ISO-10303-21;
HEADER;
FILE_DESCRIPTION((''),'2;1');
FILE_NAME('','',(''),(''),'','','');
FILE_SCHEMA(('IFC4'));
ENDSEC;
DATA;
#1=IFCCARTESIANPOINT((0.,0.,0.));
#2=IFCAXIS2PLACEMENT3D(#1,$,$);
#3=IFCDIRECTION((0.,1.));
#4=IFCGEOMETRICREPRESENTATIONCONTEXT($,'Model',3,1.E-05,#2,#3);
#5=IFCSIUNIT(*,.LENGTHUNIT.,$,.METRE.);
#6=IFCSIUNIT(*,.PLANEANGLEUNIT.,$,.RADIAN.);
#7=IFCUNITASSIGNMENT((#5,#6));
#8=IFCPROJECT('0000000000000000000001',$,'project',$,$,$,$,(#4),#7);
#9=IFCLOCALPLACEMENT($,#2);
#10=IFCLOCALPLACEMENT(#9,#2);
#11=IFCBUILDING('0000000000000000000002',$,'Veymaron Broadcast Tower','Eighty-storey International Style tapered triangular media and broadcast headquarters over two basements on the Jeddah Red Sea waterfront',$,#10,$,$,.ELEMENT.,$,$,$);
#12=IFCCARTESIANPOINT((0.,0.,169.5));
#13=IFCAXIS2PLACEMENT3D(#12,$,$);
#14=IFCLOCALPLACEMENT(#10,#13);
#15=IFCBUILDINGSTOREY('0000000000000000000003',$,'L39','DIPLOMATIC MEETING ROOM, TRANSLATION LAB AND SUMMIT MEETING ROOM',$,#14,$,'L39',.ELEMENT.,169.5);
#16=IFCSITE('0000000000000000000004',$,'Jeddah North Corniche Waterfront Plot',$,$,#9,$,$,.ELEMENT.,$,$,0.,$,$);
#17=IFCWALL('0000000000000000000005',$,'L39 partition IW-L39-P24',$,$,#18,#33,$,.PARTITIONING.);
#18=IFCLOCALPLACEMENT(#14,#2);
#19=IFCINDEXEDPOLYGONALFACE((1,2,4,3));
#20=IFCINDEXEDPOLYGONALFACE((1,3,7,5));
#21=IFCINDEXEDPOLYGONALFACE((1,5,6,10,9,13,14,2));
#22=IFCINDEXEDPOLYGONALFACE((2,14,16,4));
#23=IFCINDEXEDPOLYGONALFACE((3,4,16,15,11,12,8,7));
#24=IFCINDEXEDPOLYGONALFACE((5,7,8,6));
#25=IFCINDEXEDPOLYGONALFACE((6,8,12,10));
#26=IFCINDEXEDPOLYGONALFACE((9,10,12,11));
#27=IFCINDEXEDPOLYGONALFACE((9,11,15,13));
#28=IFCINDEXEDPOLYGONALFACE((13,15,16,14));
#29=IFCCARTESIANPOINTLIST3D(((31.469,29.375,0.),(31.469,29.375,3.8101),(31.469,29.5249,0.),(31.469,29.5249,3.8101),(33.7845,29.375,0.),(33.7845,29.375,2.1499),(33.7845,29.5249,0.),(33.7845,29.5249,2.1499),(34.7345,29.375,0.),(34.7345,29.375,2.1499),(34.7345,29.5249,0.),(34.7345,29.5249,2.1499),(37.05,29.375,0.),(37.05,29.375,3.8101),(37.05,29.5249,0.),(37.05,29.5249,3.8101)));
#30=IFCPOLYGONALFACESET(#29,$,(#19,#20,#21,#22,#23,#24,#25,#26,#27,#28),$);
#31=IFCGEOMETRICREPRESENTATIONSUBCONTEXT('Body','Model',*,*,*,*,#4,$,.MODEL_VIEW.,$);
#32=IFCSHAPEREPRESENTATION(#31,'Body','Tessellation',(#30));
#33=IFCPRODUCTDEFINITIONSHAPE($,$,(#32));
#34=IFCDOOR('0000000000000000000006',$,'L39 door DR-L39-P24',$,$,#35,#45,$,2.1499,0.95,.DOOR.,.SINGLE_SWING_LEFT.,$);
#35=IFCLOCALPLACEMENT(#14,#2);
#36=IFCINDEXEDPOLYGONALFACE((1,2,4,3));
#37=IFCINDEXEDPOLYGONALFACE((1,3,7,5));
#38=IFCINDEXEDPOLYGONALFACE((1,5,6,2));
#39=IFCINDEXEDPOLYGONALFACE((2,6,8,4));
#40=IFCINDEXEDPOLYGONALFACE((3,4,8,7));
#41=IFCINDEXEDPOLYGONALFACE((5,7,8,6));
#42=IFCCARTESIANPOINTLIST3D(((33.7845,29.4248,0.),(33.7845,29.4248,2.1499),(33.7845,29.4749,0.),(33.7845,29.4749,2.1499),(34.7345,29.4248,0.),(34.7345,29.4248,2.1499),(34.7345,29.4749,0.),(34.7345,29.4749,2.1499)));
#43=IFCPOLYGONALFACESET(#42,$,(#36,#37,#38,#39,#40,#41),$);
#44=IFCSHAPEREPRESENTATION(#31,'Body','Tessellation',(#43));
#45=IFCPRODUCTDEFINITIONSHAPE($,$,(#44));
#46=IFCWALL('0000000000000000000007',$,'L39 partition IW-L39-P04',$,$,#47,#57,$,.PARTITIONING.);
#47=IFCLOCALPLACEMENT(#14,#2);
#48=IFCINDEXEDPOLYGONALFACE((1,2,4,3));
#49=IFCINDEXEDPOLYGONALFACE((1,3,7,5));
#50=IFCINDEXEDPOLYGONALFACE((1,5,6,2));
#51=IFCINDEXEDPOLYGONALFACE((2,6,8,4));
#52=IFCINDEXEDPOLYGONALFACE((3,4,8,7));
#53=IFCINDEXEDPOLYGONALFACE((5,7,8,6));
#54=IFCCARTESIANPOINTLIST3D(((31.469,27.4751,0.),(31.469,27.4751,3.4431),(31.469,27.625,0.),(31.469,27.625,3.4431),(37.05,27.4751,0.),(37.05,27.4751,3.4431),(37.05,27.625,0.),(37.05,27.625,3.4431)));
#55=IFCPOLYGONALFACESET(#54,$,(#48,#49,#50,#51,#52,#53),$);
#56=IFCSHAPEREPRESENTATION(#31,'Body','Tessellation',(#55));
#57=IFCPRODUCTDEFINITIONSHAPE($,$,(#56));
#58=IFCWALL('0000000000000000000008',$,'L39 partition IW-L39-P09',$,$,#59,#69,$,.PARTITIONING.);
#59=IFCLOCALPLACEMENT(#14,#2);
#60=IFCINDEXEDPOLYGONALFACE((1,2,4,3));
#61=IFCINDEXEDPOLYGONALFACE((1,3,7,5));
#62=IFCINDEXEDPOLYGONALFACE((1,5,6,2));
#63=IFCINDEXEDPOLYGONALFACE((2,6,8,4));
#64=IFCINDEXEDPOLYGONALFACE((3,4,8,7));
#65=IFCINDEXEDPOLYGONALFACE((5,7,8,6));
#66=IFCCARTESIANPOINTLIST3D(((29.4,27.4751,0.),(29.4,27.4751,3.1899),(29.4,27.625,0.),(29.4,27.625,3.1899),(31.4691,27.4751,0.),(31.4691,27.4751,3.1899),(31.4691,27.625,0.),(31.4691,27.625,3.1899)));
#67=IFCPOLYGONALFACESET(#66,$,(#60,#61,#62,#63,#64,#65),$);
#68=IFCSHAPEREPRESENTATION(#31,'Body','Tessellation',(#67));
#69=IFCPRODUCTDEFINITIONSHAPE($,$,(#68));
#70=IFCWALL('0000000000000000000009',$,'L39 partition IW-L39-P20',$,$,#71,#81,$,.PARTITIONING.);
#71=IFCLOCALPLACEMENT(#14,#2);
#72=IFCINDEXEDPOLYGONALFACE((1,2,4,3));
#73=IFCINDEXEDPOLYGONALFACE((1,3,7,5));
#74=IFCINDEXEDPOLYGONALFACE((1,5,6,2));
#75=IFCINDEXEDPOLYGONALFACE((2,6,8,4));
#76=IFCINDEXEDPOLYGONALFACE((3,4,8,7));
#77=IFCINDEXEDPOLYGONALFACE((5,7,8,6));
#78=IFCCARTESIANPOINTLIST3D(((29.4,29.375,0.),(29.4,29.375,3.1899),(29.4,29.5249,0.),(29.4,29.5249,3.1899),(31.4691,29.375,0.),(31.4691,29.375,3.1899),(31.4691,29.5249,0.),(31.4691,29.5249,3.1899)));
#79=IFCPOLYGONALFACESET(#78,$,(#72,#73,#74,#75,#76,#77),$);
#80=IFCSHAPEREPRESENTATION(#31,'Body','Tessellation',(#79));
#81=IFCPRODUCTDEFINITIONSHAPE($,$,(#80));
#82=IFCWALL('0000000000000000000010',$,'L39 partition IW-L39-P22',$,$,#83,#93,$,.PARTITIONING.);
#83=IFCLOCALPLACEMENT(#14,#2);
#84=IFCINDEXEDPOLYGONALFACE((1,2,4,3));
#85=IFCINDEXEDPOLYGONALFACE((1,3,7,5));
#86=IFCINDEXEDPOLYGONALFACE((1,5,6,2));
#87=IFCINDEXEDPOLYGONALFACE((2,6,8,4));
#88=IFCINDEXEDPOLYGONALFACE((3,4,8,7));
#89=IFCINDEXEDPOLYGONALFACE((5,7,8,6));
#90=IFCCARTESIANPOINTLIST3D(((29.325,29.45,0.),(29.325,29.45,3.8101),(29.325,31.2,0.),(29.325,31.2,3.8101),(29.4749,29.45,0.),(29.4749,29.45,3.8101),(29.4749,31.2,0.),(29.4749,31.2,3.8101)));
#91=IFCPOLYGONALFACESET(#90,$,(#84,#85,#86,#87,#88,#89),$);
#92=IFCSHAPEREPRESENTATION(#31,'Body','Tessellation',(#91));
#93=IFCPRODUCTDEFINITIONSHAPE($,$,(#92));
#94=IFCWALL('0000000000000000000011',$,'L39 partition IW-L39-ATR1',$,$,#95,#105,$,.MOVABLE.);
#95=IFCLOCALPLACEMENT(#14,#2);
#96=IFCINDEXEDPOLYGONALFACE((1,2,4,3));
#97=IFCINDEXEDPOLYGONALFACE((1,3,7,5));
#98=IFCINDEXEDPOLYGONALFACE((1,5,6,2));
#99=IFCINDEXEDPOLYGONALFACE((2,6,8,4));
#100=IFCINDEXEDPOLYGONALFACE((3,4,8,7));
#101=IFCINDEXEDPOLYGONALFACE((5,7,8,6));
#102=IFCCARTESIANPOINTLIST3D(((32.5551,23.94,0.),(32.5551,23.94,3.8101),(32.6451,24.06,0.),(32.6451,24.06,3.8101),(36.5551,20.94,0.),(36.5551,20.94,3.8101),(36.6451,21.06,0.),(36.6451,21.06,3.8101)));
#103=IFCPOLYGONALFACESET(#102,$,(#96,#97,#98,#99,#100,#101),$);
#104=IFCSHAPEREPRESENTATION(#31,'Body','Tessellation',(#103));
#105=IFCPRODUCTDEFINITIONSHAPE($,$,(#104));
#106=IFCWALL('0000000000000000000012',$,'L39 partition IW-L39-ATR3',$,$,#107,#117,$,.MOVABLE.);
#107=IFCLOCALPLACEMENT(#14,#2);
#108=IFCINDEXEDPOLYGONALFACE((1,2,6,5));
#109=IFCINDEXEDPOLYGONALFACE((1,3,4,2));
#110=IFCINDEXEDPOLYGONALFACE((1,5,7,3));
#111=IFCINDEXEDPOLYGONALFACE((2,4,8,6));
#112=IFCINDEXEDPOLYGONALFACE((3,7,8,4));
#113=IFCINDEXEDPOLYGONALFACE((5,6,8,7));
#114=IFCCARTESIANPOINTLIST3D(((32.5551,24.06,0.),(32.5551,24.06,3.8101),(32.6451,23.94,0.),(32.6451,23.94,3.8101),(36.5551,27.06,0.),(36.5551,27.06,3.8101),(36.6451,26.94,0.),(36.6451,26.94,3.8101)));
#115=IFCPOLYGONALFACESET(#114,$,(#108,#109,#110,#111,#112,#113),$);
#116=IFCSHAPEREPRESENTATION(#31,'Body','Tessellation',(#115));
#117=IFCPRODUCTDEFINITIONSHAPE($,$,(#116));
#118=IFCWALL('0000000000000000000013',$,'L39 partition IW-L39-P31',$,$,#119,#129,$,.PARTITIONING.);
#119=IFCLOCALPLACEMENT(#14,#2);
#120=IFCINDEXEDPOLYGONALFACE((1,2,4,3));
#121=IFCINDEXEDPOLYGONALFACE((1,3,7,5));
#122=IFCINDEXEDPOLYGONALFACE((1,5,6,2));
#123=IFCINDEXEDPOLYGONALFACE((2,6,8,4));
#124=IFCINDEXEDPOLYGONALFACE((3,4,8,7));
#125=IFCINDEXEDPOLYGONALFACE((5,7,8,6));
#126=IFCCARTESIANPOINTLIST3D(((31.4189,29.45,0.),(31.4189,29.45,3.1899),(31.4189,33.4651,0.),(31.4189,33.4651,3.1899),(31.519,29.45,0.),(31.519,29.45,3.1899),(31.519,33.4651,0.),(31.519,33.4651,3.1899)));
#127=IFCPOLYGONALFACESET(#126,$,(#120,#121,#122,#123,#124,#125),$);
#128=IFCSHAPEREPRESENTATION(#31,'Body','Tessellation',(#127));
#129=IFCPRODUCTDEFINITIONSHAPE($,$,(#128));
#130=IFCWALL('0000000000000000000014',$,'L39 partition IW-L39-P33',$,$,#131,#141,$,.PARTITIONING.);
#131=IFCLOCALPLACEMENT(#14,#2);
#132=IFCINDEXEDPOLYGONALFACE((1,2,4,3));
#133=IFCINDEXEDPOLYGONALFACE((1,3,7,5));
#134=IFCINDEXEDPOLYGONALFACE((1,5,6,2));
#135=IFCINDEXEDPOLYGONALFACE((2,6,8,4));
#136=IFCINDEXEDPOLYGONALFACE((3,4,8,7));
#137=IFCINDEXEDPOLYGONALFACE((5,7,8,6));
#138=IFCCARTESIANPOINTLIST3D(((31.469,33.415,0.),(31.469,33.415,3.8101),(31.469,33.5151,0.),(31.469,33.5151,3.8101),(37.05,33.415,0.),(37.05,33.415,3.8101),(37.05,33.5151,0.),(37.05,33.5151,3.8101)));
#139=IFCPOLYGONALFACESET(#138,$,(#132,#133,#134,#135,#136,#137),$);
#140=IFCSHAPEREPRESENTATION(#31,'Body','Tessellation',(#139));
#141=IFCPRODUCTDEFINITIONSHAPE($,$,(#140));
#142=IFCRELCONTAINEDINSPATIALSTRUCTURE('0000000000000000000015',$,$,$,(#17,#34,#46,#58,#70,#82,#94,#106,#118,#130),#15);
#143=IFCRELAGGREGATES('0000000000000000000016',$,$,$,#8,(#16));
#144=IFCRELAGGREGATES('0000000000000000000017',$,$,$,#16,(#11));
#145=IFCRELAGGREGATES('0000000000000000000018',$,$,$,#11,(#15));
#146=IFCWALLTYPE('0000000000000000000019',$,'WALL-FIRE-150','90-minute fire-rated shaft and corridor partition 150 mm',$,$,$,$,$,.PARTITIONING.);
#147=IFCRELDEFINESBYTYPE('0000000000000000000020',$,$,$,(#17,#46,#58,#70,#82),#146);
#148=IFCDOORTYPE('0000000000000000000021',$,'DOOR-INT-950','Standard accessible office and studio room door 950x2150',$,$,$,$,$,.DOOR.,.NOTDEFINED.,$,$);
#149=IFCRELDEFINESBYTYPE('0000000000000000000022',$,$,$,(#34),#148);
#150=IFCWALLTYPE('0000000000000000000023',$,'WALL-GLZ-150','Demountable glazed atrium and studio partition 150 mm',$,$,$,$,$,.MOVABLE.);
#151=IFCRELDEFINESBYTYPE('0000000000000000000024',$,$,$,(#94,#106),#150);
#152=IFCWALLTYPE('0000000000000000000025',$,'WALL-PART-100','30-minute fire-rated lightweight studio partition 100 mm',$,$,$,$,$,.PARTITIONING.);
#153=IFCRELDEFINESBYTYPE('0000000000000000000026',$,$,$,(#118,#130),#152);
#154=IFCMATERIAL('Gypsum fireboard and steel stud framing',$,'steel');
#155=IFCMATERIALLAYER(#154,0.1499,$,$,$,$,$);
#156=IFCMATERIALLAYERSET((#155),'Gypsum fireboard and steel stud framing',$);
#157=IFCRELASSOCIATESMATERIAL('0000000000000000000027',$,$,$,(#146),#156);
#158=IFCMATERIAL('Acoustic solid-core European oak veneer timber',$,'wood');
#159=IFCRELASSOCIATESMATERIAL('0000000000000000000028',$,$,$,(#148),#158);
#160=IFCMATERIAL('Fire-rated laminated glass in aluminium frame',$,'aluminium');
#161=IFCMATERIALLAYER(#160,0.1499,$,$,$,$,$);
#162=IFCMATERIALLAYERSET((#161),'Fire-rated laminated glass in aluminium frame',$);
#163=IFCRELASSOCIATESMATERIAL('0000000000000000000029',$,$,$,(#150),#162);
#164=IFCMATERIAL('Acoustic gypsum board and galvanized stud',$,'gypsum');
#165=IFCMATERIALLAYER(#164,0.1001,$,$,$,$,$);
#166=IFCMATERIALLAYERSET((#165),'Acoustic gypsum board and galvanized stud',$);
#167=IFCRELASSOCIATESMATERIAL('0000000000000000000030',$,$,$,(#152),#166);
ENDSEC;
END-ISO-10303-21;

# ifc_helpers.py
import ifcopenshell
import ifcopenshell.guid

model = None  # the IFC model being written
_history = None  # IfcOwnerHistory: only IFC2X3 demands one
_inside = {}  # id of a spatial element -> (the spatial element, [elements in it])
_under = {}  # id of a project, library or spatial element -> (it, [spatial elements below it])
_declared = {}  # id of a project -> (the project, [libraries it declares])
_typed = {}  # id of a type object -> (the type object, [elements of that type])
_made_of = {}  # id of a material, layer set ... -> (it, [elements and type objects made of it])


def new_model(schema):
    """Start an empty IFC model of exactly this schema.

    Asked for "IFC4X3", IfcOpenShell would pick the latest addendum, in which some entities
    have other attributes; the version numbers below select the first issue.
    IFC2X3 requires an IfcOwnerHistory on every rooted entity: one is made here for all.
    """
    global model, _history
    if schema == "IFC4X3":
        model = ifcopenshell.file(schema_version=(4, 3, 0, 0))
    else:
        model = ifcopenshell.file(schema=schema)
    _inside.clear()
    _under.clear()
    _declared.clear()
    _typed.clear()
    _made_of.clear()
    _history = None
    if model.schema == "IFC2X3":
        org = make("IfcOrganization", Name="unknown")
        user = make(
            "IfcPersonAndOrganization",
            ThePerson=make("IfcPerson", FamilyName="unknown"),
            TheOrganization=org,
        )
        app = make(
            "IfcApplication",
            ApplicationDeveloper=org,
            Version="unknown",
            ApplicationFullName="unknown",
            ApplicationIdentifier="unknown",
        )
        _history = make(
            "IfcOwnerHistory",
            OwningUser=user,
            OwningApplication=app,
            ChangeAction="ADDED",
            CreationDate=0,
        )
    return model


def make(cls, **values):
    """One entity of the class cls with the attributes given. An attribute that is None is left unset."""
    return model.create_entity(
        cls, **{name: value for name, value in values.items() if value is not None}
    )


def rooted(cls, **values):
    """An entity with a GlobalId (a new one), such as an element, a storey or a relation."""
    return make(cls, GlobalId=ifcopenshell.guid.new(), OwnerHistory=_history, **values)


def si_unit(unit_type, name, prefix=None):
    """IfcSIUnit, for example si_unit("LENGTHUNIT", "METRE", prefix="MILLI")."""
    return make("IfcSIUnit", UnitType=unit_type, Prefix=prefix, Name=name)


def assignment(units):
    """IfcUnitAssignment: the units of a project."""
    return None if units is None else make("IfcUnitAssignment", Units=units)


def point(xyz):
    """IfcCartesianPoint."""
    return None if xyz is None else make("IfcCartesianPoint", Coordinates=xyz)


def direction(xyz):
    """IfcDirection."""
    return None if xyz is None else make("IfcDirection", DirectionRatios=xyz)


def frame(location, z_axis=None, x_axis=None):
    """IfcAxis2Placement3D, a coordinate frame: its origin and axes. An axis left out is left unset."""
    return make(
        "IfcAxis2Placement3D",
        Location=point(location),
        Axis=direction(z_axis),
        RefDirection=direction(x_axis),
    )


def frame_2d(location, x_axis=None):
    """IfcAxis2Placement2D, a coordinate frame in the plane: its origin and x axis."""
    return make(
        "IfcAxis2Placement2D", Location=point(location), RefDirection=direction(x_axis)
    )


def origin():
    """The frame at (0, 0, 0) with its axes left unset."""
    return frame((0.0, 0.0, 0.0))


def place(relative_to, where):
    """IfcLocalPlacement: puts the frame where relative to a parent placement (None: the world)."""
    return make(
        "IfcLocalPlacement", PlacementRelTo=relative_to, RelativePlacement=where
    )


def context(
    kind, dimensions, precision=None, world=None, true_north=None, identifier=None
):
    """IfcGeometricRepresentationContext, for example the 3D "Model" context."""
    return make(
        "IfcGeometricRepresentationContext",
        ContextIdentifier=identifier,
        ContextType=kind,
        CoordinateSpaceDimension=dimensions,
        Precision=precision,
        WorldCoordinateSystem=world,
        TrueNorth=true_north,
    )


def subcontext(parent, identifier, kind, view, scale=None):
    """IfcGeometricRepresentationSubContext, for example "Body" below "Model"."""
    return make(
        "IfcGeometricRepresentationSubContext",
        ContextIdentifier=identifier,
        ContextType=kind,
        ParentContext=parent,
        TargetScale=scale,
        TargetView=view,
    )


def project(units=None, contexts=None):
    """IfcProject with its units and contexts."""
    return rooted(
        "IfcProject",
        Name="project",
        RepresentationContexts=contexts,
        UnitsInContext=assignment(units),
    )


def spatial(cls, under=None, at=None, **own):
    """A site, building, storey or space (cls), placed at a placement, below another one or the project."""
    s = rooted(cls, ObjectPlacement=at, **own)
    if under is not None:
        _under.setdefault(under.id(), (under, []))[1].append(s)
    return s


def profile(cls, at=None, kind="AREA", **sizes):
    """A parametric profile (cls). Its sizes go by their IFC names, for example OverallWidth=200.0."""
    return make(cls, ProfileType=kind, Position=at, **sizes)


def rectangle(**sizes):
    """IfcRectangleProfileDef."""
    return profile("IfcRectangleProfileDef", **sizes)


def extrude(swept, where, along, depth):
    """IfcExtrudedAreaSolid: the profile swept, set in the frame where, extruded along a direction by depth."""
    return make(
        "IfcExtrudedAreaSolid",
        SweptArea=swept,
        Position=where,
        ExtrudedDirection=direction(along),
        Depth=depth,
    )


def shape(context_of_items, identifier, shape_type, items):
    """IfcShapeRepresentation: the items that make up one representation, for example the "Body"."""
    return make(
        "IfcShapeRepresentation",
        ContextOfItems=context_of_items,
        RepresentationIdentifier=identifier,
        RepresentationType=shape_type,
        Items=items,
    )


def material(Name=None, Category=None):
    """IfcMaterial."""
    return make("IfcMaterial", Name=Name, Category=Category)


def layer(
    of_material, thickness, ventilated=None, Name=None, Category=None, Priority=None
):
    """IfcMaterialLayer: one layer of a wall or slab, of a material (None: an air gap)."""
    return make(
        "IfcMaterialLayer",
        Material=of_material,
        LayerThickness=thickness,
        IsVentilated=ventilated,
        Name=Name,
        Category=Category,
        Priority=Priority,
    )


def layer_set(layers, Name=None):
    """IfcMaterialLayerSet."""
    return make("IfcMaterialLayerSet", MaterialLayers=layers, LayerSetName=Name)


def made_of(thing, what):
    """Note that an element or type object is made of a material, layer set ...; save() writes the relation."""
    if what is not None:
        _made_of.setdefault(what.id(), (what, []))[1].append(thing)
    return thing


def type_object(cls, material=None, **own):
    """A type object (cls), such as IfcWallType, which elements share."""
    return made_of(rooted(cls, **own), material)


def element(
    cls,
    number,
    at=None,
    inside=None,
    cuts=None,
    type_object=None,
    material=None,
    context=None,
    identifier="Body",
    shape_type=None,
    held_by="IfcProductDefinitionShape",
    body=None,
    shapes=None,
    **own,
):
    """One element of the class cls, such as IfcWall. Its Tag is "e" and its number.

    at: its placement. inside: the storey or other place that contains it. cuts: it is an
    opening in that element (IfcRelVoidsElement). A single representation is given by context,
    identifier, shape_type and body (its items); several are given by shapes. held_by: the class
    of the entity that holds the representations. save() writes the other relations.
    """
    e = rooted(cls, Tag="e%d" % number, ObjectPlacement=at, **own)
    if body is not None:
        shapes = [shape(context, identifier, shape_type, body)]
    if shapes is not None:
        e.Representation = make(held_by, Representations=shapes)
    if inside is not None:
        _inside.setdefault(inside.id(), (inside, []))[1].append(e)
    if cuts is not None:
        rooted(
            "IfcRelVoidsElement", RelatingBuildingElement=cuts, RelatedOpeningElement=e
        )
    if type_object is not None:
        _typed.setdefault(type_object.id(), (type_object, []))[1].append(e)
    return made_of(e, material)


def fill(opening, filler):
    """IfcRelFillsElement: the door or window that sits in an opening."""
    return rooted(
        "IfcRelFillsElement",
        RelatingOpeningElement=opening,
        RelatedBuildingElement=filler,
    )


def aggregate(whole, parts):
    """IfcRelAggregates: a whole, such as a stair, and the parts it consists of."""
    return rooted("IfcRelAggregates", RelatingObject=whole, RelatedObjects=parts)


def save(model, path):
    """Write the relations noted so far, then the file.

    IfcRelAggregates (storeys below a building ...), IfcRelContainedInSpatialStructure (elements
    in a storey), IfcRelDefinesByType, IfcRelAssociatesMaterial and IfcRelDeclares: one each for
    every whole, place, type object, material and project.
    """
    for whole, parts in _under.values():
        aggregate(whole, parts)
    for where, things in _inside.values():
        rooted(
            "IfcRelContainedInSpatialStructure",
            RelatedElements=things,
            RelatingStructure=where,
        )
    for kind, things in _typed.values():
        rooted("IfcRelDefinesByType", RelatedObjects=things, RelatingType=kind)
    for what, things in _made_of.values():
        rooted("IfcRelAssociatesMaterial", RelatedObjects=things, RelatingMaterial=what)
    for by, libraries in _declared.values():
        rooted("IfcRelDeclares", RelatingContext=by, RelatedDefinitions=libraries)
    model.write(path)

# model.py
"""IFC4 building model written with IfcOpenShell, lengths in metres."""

from ifc_helpers import new_model, si_unit, direction, frame, frame_2d, origin, place, context, subcontext, project, spatial, rectangle, extrude, material, layer, layer_set, type_object, element, fill, save


model = new_model("IFC4")

# Units and contexts
model_context = context("Model", 3, precision=1e-05, world=origin(), true_north=direction((0.0, 1.0)))
body_context = subcontext(model_context, "Body", "Model", "MODEL_VIEW")
ifc_project = project(units=[si_unit("LENGTHUNIT", "METRE"), si_unit("PLANEANGLEUNIT", "RADIAN")], contexts=[model_context])

# Site, building, storey
site_placement = place(None, origin())
site = spatial("IfcSite", under=ifc_project, at=site_placement, Name="Jeddah North Corniche Waterfront Plot", CompositionType="ELEMENT", RefElevation=0.0)
building_placement = place(site_placement, origin())
building = spatial("IfcBuilding", under=site, at=building_placement, Name="Veymaron Broadcast Tower", Description="Eighty-storey International Style tapered triangular media and broadcast headquarters over two basements on the Jeddah Red Sea waterfront", CompositionType="ELEMENT")
storey_placement = place(building_placement, frame((0.0, 0.0, 169.5)))
storey = spatial("IfcBuildingStorey", under=building, at=storey_placement, Name="L39", Description="DIPLOMATIC MEETING ROOM, TRANSLATION LAB AND SUMMIT MEETING ROOM", LongName="L39", CompositionType="ELEMENT", Elevation=169.5)

# Wall, opening, door
ifc_material_1 = material(Name="Gypsum fireboard and steel stud framing", Category="steel")
ifc_layer_1 = layer(ifc_material_1, 0.1499)
ifc_layer_set_1 = layer_set([ifc_layer_1], Name="Gypsum fireboard and steel stud framing")
wall_type_1 = type_object("IfcWallType", Name="WALL-FIRE-150", Description="90-minute fire-rated shaft and corridor partition 150 mm", PredefinedType="PARTITIONING", material=ifc_layer_set_1)
wall_1_placement = place(storey_placement, frame((31.469, 29.45, 0.0), z_axis=(0.0, 0.0, 1.0), x_axis=(1.0, 0.0, 0.0)))
wall_1 = element("IfcWall", 1, at=wall_1_placement, inside=storey, type_object=wall_type_1, Name="L39 partition IW-L39-P24", PredefinedType="PARTITIONING", context=body_context, shape_type="SweptSolid", body=[
    extrude(rectangle(XDim=5.5811, YDim=0.1499, at=frame_2d((2.7905, 0.0))), origin(), (0.0, 0.0, 1.0), 3.8101),
])
opening_placement = place(wall_1_placement, frame((2.3154, 0.0, 0.0)))
opening = element("IfcOpeningElement", 2, at=opening_placement, cuts=wall_1, PredefinedType="OPENING", context=body_context, shape_type="SweptSolid", body=[
    extrude(rectangle(XDim=0.95, YDim=2.1499, at=frame_2d((0.4751, 1.075))), frame((0.0, 0.085, 0.0), z_axis=(0.0, -1.0, 0.0), x_axis=(1.0, 0.0, 0.0)), (0.0, 0.0, 1.0), 0.1699),
])
ifc_material_2 = material(Name="Acoustic solid-core European oak veneer timber", Category="wood")
door_type = type_object("IfcDoorType", Name="DOOR-INT-950", Description="Standard accessible office and studio room door 950x2150", OperationType="NOTDEFINED", PredefinedType="DOOR", material=ifc_material_2)
door_placement = place(opening_placement, origin())
door = element("IfcDoor", 3, at=door_placement, inside=storey, type_object=door_type, Name="L39 door DR-L39-P24", OperationType="SINGLE_SWING_LEFT", OverallHeight=2.1499, OverallWidth=0.95, PredefinedType="DOOR", context=body_context, shape_type="SweptSolid", body=[
    extrude(rectangle(XDim=0.95, YDim=2.1499, at=frame_2d((0.4751, 1.075))), frame((0.0, 0.0249, 0.0), z_axis=(0.0, -1.0, 0.0), x_axis=(1.0, 0.0, 0.0)), (0.0, 0.0, 1.0), 0.05),
])
fill(opening, door)

# Walls
wall_2_placement = place(storey_placement, frame((31.469, 27.55, 0.0), z_axis=(0.0, 0.0, 1.0), x_axis=(1.0, 0.0, 0.0)))
element("IfcWall", 4, at=wall_2_placement, inside=storey, type_object=wall_type_1, Name="L39 partition IW-L39-P04", PredefinedType="PARTITIONING", context=body_context, shape_type="SweptSolid", body=[
    extrude(rectangle(XDim=5.5811, YDim=0.1499, at=frame_2d((2.7905, 0.0))), origin(), (0.0, 0.0, 1.0), 3.4431),
])
for number, where, z_axis, x_axis, name in (
    (5, (29.3999, 27.55, 0.0), (0.0, 0.0, 1.0), (1.0, 0.0, 0.0), "L39 partition IW-L39-P09"),
    (6, (29.3999, 29.45, 0.0), (0.0, 0.0, 1.0), (1.0, 0.0, 0.0), "L39 partition IW-L39-P20"),
):
    element("IfcWall", number, at=place(storey_placement, frame(where, z_axis=z_axis, x_axis=x_axis)), inside=storey, type_object=wall_type_1, Name=name, PredefinedType="PARTITIONING", context=body_context, shape_type="SweptSolid", body=[
        extrude(rectangle(XDim=2.0691, YDim=0.1499, at=frame_2d((1.0347, 0.0))), origin(), (0.0, 0.0, 1.0), 3.1899),
    ])
wall_3_placement = place(storey_placement, frame((29.3999, 29.45, 0.0), z_axis=(0.0, 0.0, 1.0), x_axis=(0.0, 1.0, 0.0)))
element("IfcWall", 7, at=wall_3_placement, inside=storey, type_object=wall_type_1, Name="L39 partition IW-L39-P22", PredefinedType="PARTITIONING", context=body_context, shape_type="SweptSolid", body=[
    extrude(rectangle(XDim=1.75, YDim=0.1499, at=frame_2d((0.875, 0.0))), origin(), (0.0, 0.0, 1.0), 3.8101),
])
ifc_material_3 = material(Name="Fire-rated laminated glass in aluminium frame", Category="aluminium")
ifc_layer_2 = layer(ifc_material_3, 0.1499)
ifc_layer_set_2 = layer_set([ifc_layer_2], Name="Fire-rated laminated glass in aluminium frame")
wall_type_2 = type_object("IfcWallType", Name="WALL-GLZ-150", Description="Demountable glazed atrium and studio partition 150 mm", PredefinedType="MOVABLE", material=ifc_layer_set_2)
for number, where, z_axis, x_axis, name in (
    (8, (32.6001, 24.0, 0.0), (0.0, 0.0, 1.0), (0.8, -0.6, 0.0), "L39 partition IW-L39-ATR1"),
    (9, (36.6001, 27.0, 0.0), (0.0, 0.0, 1.0), (-0.8, -0.6, 0.0), "L39 partition IW-L39-ATR3"),
):
    element("IfcWall", number, at=place(storey_placement, frame(where, z_axis=z_axis, x_axis=x_axis)), inside=storey, type_object=wall_type_2, Name=name, PredefinedType="MOVABLE", context=body_context, shape_type="SweptSolid", body=[
        extrude(rectangle(XDim=5.0, YDim=0.1499, at=frame_2d((2.5, 0.0))), origin(), (0.0, 0.0, 1.0), 3.8101),
    ])
ifc_material_4 = material(Name="Acoustic gypsum board and galvanized stud", Category="gypsum")
ifc_layer_3 = layer(ifc_material_4, 0.1001)
ifc_layer_set_3 = layer_set([ifc_layer_3], Name="Acoustic gypsum board and galvanized stud")
wall_type_3 = type_object("IfcWallType", Name="WALL-PART-100", Description="30-minute fire-rated lightweight studio partition 100 mm", PredefinedType="PARTITIONING", material=ifc_layer_set_3)
wall_4_placement = place(storey_placement, frame((31.469, 29.45, 0.0), z_axis=(0.0, 0.0, 1.0), x_axis=(0.0, 1.0, 0.0)))
element("IfcWall", 10, at=wall_4_placement, inside=storey, type_object=wall_type_3, Name="L39 partition IW-L39-P31", PredefinedType="PARTITIONING", context=body_context, shape_type="SweptSolid", body=[
    extrude(rectangle(XDim=4.0151, YDim=0.1001, at=frame_2d((2.0076, 0.0))), origin(), (0.0, 0.0, 1.0), 3.1899),
])
wall_5_placement = place(storey_placement, frame((31.469, 33.4651, 0.0), z_axis=(0.0, 0.0, 1.0), x_axis=(1.0, 0.0, 0.0)))
element("IfcWall", 11, at=wall_5_placement, inside=storey, type_object=wall_type_3, Name="L39 partition IW-L39-P33", PredefinedType="PARTITIONING", context=body_context, shape_type="SweptSolid", body=[
    extrude(rectangle(XDim=5.5811, YDim=0.1001, at=frame_2d((2.7905, 0.0))), origin(), (0.0, 0.0, 1.0), 3.8101),
])

save(model, "model.ifc")
